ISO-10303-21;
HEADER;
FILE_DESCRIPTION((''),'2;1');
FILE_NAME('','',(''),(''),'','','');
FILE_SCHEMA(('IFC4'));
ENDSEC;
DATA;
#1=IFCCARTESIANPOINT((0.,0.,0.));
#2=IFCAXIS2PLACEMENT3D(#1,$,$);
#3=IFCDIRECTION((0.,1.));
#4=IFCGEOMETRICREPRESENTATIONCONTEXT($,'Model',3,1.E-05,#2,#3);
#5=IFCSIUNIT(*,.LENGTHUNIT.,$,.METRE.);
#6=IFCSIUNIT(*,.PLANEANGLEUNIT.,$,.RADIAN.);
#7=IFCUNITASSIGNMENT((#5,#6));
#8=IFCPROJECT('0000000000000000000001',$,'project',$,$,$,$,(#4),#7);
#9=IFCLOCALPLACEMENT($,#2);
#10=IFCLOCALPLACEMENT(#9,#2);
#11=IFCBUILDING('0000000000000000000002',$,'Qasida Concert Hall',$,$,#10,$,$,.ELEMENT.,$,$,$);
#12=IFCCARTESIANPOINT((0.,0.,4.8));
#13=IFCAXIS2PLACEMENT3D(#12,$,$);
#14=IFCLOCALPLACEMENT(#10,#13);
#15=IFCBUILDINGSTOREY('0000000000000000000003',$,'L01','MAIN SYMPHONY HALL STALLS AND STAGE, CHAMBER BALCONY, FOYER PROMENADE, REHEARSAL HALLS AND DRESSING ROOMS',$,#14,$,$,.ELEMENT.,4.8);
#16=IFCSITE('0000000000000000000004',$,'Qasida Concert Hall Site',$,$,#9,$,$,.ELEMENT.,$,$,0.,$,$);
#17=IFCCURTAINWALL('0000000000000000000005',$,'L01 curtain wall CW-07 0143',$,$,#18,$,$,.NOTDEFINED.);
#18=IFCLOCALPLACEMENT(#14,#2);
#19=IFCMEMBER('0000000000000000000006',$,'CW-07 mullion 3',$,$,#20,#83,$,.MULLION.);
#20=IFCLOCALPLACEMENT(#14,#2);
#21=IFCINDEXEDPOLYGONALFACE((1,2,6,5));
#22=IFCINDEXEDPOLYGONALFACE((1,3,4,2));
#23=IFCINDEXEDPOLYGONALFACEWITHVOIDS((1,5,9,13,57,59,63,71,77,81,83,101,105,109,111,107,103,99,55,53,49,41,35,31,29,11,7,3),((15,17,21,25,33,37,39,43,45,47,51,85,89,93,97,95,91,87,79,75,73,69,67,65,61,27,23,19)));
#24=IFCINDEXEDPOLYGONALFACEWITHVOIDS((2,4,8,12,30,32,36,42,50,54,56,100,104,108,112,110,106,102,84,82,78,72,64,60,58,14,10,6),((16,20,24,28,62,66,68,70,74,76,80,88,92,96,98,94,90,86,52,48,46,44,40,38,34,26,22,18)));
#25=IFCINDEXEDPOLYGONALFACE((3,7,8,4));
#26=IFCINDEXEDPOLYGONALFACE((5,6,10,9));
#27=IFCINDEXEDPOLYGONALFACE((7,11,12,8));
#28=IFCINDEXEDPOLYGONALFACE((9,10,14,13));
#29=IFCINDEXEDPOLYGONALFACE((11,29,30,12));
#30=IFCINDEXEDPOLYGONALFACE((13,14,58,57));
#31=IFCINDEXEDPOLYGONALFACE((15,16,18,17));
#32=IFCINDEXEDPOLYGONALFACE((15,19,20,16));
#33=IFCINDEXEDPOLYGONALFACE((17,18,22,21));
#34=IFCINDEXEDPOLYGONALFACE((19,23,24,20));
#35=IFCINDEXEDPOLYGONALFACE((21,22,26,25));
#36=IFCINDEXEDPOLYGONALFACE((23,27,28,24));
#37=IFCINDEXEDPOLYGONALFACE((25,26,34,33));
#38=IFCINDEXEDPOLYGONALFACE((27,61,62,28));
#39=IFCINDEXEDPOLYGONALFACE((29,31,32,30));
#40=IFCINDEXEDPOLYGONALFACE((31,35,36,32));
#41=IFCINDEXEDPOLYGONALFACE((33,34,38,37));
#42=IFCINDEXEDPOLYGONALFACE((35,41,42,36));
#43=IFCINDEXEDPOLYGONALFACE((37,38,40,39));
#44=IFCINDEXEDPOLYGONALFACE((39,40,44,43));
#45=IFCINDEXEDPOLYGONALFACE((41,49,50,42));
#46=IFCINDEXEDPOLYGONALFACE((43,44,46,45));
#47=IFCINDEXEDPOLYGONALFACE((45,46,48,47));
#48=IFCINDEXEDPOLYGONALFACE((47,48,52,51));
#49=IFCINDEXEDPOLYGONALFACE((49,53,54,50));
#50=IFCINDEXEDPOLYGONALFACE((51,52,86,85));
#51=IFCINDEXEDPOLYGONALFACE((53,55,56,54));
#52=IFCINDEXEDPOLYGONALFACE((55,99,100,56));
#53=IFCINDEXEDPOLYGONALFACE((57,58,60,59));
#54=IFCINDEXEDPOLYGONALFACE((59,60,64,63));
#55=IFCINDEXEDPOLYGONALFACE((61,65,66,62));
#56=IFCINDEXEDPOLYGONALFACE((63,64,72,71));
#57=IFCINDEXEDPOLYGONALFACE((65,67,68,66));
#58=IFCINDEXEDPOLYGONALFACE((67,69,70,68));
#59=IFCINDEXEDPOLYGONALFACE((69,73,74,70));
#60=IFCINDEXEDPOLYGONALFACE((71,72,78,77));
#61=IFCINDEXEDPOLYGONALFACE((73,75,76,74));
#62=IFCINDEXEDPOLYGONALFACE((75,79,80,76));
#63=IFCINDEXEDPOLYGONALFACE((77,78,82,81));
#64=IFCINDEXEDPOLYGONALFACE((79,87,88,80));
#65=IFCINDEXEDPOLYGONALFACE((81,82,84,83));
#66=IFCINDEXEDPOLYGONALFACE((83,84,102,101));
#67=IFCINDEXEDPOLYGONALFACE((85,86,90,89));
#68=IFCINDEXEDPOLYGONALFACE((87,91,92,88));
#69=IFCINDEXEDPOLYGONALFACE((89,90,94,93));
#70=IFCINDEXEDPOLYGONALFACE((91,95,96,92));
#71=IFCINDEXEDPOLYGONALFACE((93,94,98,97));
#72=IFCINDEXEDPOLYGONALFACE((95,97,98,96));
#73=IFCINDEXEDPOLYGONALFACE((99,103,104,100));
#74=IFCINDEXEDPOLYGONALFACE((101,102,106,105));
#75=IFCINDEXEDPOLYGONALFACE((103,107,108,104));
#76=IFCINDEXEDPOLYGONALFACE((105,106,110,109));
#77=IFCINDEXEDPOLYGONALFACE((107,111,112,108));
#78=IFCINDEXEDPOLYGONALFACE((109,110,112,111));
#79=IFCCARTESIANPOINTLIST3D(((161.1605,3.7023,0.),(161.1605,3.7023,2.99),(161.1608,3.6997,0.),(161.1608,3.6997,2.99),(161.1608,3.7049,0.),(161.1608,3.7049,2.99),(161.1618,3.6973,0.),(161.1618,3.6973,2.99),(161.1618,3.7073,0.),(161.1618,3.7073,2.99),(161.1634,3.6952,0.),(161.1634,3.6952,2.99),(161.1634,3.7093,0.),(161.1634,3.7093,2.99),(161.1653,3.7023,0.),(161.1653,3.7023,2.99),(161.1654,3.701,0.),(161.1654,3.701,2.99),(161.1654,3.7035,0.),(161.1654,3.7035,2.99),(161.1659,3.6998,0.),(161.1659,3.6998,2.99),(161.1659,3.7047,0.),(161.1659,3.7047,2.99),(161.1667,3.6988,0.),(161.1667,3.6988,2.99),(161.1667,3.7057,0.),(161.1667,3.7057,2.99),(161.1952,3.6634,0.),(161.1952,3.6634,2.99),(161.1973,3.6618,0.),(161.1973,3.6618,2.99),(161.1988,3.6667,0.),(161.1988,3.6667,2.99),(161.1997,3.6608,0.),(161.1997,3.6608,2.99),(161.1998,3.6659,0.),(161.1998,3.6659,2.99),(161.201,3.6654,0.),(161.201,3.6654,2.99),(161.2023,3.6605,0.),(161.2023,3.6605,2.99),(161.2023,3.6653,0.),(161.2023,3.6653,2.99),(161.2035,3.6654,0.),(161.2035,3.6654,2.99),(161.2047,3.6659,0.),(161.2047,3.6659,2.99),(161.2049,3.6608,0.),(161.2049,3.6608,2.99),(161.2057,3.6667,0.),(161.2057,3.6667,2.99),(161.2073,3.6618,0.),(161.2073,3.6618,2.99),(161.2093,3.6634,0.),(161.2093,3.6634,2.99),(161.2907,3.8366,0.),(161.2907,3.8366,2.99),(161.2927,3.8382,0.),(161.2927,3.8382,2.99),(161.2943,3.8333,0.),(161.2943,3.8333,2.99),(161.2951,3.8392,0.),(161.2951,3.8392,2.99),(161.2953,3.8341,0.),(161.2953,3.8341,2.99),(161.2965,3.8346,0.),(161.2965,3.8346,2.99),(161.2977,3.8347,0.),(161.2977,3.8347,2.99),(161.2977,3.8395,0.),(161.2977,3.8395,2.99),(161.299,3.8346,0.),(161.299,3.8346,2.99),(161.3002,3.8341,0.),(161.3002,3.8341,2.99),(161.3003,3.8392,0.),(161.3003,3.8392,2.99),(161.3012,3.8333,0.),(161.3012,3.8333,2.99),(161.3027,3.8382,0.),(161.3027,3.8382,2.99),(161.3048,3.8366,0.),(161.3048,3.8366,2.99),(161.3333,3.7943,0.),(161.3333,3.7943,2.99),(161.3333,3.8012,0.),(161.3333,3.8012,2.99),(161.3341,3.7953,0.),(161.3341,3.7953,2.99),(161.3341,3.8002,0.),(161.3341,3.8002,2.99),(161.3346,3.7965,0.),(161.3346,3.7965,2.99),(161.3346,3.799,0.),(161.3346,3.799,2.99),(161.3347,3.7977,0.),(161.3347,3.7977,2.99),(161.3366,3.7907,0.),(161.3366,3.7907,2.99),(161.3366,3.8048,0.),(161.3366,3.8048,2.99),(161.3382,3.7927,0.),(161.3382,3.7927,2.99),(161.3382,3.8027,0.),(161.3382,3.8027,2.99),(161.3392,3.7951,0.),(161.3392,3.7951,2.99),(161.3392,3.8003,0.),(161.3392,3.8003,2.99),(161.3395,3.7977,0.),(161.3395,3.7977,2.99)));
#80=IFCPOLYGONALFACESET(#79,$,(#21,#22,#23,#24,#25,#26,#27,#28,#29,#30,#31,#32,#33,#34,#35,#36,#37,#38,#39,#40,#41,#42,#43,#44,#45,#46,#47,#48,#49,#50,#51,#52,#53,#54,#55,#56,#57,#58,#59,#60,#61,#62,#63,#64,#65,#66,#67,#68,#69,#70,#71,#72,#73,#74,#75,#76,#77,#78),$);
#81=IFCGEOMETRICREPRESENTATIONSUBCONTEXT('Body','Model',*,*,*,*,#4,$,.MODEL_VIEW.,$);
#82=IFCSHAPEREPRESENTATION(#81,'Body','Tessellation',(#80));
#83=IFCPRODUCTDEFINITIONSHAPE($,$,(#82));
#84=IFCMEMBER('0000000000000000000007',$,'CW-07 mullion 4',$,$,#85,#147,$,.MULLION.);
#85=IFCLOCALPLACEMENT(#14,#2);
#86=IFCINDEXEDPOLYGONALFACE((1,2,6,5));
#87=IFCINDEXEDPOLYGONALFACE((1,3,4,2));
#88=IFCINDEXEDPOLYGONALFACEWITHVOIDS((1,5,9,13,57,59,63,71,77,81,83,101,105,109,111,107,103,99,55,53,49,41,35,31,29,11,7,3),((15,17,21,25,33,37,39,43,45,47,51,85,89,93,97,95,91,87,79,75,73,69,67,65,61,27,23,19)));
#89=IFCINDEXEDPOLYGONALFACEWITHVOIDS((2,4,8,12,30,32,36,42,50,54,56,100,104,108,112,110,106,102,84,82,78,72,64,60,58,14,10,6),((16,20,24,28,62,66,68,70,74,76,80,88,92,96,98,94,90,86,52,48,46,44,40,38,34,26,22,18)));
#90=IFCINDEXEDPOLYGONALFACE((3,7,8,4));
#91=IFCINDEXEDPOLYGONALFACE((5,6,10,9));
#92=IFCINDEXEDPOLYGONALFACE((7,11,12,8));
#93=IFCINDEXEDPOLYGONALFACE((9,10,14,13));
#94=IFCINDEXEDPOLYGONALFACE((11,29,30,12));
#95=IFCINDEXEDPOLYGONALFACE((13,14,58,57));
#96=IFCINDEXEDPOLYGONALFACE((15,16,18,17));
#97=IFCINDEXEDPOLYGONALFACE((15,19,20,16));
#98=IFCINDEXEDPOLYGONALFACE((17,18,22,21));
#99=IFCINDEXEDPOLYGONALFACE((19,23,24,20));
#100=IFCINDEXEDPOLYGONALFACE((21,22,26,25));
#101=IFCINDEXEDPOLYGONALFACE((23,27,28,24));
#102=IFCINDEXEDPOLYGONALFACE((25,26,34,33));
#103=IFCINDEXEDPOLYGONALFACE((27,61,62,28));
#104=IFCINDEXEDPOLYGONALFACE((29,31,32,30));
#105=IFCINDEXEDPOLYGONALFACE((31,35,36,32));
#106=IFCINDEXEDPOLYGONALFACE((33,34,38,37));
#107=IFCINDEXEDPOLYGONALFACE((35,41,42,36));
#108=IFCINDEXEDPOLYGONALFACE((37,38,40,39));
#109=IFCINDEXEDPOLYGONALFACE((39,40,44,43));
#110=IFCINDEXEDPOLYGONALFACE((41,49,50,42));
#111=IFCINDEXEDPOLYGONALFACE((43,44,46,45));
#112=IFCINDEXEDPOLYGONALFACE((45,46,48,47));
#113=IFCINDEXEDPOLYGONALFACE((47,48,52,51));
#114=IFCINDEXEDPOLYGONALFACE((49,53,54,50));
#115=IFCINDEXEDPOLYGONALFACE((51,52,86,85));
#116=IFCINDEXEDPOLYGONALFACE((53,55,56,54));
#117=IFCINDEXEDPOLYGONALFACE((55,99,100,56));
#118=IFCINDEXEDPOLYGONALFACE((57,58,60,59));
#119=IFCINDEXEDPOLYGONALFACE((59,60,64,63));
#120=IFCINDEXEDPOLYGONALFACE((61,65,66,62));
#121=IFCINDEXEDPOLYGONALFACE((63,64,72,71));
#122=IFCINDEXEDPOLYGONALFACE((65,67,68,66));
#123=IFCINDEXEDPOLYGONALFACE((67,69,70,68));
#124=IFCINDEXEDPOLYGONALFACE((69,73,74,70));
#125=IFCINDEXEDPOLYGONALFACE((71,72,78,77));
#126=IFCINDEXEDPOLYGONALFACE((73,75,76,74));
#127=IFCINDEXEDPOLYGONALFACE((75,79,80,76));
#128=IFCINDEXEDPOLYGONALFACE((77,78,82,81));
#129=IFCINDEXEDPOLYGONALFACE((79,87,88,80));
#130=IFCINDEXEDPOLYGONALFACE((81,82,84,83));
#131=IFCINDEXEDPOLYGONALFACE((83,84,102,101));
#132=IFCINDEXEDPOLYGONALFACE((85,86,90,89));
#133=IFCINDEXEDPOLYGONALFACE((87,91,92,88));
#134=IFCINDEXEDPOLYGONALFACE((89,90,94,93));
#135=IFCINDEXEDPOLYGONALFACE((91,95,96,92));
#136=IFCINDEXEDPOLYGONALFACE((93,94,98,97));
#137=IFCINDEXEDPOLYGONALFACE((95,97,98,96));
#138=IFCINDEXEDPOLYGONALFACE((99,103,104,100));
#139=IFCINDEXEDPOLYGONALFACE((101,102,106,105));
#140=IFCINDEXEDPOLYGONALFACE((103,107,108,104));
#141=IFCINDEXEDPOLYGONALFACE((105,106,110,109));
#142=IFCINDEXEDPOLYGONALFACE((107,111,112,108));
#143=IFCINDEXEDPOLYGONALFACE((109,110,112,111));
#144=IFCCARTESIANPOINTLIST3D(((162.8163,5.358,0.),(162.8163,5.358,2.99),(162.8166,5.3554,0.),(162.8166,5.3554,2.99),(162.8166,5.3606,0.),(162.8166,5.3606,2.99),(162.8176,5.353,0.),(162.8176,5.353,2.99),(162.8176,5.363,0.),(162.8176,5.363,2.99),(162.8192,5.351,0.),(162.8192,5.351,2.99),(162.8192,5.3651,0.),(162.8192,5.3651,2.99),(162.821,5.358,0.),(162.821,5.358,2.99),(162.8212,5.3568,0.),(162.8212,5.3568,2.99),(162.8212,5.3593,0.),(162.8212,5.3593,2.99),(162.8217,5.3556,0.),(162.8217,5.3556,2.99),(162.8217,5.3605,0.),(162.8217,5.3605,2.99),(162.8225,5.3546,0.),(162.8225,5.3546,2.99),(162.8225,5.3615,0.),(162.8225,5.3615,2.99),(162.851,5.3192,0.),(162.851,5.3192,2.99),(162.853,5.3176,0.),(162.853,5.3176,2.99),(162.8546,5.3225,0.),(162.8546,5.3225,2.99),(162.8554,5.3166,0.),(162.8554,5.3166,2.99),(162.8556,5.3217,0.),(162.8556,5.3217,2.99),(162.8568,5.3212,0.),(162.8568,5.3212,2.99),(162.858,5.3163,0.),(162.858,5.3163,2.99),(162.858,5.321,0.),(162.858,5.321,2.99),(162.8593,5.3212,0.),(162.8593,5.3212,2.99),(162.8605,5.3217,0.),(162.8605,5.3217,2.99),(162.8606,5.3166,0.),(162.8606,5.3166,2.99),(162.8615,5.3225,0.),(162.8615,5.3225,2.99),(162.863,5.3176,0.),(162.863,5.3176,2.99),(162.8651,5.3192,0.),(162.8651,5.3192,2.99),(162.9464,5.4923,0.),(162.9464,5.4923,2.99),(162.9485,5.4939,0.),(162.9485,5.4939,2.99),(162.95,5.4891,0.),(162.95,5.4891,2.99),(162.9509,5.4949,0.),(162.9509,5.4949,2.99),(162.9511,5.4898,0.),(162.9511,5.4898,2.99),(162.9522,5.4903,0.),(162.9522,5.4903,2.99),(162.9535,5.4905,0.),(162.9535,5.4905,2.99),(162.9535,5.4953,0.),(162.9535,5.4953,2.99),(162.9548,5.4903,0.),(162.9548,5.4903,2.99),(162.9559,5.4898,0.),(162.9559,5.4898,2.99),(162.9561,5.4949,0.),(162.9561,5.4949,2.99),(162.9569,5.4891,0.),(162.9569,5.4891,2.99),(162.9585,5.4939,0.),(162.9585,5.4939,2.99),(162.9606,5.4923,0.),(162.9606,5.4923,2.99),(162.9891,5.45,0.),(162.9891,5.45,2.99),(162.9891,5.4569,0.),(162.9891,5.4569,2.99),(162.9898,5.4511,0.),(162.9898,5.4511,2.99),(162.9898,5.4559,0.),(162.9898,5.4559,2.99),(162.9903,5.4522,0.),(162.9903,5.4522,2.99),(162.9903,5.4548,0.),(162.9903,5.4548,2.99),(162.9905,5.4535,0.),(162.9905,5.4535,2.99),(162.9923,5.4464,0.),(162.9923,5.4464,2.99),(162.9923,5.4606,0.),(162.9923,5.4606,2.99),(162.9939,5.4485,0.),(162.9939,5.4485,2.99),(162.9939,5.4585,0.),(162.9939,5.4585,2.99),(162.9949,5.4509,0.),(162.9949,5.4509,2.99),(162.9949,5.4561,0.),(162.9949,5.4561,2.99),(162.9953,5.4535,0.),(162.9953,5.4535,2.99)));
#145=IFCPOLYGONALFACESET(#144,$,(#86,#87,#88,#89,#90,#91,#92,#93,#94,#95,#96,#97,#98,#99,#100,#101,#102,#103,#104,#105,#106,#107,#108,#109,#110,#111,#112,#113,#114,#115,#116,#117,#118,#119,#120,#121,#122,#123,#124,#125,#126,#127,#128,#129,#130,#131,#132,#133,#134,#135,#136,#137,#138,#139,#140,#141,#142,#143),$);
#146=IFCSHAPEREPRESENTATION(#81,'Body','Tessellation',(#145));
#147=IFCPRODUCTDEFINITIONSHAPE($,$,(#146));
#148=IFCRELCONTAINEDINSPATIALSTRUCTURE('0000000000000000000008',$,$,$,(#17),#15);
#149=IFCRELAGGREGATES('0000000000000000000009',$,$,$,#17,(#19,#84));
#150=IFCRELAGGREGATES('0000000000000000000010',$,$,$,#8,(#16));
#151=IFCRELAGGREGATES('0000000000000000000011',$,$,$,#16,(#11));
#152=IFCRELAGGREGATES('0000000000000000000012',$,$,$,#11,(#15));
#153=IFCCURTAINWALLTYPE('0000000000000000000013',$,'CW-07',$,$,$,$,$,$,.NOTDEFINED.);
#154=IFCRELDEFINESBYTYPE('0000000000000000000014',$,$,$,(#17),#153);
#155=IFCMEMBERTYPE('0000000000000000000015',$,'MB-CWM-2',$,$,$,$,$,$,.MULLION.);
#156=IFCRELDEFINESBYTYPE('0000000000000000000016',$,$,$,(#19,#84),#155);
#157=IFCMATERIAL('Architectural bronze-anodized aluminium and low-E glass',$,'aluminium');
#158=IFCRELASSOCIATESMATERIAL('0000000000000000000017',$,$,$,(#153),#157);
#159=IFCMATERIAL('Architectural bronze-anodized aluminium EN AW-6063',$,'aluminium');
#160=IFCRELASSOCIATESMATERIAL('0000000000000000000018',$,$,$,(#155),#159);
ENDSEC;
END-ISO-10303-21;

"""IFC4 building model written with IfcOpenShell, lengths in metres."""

from ifc_helpers import new_model, si_unit, direction, frame, origin, origin_2d, place, context, subcontext, project, spatial, hollow_rectangle, extrude, material, material_profile, profile_set, type_object, element, aggregate, save


model = new_model("IFC4")

# Units and contexts
model_context = context("Model", 3, precision=1e-05, world=origin(), true_north=direction((0.0, 1.0)))
body_context = subcontext(model_context, "Body", "Model", "MODEL_VIEW")
ifc_project = project(units=[si_unit("LENGTHUNIT", "METRE"), si_unit("PLANEANGLEUNIT", "RADIAN")], contexts=[model_context])

# Site, building, storey
site_placement = place(None, origin())
site = spatial("IfcSite", under=ifc_project, at=site_placement, Name="Qasida Concert Hall Site", CompositionType="ELEMENT", RefElevation=0.0)
building_placement = place(site_placement, origin())
building = spatial("IfcBuilding", under=site, at=building_placement, Name="Qasida Concert Hall", CompositionType="ELEMENT")
storey_placement = place(building_placement, frame((0.0, 0.0, 4.8)))
storey = spatial("IfcBuildingStorey", under=building, at=storey_placement, Name="L01", Description="MAIN SYMPHONY HALL STALLS AND STAGE, CHAMBER BALCONY, FOYER PROMENADE, REHEARSAL HALLS AND DRESSING ROOMS", CompositionType="ELEMENT", Elevation=4.8)

# Curtain wall, members
ifc_material_1 = material(Name="Architectural bronze-anodized aluminium and low-E glass", Category="aluminium")
curtain_wall_type = type_object("IfcCurtainWallType", Name="CW-07", PredefinedType="NOTDEFINED", material=ifc_material_1)
curtain_wall_placement = place(storey_placement, origin())
curtain_wall = element("IfcCurtainWall", 1, at=curtain_wall_placement, inside=storey, type_object=curtain_wall_type, Name="L01 curtain wall CW-07 0143", PredefinedType="NOTDEFINED")
ifc_material_2 = material(Name="Architectural bronze-anodized aluminium EN AW-6063", Category="aluminium")
ifc_material_profile_1 = material_profile(ifc_material_2, hollow_rectangle(XDim=0.0649, YDim=0.2, WallThickness=0.0049, InnerFilletRadius=0.0049, OuterFilletRadius=0.01, at=origin_2d()), Name="CWM 200x65x5")
ifc_profile_set_1 = profile_set([ifc_material_profile_1], Name="Architectural bronze-anodized aluminium EN AW-6063")
member_type_1 = type_object("IfcMemberType", Name="MB-CWM-2", PredefinedType="MULLION", material=ifc_profile_set_1)
member_1_placement = place(storey_placement, frame((161.25, 3.75, 0.0), z_axis=(0.0, 0.0, 1.0), x_axis=(-0.707107, 0.707107, 0.0)))
member_1 = element("IfcMember", 2, at=member_1_placement, type_object=member_type_1, Name="CW-07 mullion 3", PredefinedType="MULLION", context=body_context, shape_type="SweptSolid", body=[
    extrude(hollow_rectangle(XDim=0.0649, YDim=0.2, WallThickness=0.0049, InnerFilletRadius=0.0049, OuterFilletRadius=0.01, at=origin_2d()), origin(), (0.0, 0.0, 1.0), 2.99),
])
member_2_placement = place(storey_placement, frame((162.9058, 5.4058, 0.0), z_axis=(0.0, 0.0, 1.0), x_axis=(-0.707107, 0.707107, 0.0)))
member_2 = element("IfcMember", 3, at=member_2_placement, type_object=member_type_1, Name="CW-07 mullion 4", PredefinedType="MULLION", context=body_context, shape_type="SweptSolid", body=[
    extrude(hollow_rectangle(XDim=0.0649, YDim=0.2, WallThickness=0.0049, InnerFilletRadius=0.0049, OuterFilletRadius=0.01, at=origin_2d()), origin(), (0.0, 0.0, 1.0), 2.99),
])
aggregate(curtain_wall, [member_1, member_2])

save(model, "model.ifc")
